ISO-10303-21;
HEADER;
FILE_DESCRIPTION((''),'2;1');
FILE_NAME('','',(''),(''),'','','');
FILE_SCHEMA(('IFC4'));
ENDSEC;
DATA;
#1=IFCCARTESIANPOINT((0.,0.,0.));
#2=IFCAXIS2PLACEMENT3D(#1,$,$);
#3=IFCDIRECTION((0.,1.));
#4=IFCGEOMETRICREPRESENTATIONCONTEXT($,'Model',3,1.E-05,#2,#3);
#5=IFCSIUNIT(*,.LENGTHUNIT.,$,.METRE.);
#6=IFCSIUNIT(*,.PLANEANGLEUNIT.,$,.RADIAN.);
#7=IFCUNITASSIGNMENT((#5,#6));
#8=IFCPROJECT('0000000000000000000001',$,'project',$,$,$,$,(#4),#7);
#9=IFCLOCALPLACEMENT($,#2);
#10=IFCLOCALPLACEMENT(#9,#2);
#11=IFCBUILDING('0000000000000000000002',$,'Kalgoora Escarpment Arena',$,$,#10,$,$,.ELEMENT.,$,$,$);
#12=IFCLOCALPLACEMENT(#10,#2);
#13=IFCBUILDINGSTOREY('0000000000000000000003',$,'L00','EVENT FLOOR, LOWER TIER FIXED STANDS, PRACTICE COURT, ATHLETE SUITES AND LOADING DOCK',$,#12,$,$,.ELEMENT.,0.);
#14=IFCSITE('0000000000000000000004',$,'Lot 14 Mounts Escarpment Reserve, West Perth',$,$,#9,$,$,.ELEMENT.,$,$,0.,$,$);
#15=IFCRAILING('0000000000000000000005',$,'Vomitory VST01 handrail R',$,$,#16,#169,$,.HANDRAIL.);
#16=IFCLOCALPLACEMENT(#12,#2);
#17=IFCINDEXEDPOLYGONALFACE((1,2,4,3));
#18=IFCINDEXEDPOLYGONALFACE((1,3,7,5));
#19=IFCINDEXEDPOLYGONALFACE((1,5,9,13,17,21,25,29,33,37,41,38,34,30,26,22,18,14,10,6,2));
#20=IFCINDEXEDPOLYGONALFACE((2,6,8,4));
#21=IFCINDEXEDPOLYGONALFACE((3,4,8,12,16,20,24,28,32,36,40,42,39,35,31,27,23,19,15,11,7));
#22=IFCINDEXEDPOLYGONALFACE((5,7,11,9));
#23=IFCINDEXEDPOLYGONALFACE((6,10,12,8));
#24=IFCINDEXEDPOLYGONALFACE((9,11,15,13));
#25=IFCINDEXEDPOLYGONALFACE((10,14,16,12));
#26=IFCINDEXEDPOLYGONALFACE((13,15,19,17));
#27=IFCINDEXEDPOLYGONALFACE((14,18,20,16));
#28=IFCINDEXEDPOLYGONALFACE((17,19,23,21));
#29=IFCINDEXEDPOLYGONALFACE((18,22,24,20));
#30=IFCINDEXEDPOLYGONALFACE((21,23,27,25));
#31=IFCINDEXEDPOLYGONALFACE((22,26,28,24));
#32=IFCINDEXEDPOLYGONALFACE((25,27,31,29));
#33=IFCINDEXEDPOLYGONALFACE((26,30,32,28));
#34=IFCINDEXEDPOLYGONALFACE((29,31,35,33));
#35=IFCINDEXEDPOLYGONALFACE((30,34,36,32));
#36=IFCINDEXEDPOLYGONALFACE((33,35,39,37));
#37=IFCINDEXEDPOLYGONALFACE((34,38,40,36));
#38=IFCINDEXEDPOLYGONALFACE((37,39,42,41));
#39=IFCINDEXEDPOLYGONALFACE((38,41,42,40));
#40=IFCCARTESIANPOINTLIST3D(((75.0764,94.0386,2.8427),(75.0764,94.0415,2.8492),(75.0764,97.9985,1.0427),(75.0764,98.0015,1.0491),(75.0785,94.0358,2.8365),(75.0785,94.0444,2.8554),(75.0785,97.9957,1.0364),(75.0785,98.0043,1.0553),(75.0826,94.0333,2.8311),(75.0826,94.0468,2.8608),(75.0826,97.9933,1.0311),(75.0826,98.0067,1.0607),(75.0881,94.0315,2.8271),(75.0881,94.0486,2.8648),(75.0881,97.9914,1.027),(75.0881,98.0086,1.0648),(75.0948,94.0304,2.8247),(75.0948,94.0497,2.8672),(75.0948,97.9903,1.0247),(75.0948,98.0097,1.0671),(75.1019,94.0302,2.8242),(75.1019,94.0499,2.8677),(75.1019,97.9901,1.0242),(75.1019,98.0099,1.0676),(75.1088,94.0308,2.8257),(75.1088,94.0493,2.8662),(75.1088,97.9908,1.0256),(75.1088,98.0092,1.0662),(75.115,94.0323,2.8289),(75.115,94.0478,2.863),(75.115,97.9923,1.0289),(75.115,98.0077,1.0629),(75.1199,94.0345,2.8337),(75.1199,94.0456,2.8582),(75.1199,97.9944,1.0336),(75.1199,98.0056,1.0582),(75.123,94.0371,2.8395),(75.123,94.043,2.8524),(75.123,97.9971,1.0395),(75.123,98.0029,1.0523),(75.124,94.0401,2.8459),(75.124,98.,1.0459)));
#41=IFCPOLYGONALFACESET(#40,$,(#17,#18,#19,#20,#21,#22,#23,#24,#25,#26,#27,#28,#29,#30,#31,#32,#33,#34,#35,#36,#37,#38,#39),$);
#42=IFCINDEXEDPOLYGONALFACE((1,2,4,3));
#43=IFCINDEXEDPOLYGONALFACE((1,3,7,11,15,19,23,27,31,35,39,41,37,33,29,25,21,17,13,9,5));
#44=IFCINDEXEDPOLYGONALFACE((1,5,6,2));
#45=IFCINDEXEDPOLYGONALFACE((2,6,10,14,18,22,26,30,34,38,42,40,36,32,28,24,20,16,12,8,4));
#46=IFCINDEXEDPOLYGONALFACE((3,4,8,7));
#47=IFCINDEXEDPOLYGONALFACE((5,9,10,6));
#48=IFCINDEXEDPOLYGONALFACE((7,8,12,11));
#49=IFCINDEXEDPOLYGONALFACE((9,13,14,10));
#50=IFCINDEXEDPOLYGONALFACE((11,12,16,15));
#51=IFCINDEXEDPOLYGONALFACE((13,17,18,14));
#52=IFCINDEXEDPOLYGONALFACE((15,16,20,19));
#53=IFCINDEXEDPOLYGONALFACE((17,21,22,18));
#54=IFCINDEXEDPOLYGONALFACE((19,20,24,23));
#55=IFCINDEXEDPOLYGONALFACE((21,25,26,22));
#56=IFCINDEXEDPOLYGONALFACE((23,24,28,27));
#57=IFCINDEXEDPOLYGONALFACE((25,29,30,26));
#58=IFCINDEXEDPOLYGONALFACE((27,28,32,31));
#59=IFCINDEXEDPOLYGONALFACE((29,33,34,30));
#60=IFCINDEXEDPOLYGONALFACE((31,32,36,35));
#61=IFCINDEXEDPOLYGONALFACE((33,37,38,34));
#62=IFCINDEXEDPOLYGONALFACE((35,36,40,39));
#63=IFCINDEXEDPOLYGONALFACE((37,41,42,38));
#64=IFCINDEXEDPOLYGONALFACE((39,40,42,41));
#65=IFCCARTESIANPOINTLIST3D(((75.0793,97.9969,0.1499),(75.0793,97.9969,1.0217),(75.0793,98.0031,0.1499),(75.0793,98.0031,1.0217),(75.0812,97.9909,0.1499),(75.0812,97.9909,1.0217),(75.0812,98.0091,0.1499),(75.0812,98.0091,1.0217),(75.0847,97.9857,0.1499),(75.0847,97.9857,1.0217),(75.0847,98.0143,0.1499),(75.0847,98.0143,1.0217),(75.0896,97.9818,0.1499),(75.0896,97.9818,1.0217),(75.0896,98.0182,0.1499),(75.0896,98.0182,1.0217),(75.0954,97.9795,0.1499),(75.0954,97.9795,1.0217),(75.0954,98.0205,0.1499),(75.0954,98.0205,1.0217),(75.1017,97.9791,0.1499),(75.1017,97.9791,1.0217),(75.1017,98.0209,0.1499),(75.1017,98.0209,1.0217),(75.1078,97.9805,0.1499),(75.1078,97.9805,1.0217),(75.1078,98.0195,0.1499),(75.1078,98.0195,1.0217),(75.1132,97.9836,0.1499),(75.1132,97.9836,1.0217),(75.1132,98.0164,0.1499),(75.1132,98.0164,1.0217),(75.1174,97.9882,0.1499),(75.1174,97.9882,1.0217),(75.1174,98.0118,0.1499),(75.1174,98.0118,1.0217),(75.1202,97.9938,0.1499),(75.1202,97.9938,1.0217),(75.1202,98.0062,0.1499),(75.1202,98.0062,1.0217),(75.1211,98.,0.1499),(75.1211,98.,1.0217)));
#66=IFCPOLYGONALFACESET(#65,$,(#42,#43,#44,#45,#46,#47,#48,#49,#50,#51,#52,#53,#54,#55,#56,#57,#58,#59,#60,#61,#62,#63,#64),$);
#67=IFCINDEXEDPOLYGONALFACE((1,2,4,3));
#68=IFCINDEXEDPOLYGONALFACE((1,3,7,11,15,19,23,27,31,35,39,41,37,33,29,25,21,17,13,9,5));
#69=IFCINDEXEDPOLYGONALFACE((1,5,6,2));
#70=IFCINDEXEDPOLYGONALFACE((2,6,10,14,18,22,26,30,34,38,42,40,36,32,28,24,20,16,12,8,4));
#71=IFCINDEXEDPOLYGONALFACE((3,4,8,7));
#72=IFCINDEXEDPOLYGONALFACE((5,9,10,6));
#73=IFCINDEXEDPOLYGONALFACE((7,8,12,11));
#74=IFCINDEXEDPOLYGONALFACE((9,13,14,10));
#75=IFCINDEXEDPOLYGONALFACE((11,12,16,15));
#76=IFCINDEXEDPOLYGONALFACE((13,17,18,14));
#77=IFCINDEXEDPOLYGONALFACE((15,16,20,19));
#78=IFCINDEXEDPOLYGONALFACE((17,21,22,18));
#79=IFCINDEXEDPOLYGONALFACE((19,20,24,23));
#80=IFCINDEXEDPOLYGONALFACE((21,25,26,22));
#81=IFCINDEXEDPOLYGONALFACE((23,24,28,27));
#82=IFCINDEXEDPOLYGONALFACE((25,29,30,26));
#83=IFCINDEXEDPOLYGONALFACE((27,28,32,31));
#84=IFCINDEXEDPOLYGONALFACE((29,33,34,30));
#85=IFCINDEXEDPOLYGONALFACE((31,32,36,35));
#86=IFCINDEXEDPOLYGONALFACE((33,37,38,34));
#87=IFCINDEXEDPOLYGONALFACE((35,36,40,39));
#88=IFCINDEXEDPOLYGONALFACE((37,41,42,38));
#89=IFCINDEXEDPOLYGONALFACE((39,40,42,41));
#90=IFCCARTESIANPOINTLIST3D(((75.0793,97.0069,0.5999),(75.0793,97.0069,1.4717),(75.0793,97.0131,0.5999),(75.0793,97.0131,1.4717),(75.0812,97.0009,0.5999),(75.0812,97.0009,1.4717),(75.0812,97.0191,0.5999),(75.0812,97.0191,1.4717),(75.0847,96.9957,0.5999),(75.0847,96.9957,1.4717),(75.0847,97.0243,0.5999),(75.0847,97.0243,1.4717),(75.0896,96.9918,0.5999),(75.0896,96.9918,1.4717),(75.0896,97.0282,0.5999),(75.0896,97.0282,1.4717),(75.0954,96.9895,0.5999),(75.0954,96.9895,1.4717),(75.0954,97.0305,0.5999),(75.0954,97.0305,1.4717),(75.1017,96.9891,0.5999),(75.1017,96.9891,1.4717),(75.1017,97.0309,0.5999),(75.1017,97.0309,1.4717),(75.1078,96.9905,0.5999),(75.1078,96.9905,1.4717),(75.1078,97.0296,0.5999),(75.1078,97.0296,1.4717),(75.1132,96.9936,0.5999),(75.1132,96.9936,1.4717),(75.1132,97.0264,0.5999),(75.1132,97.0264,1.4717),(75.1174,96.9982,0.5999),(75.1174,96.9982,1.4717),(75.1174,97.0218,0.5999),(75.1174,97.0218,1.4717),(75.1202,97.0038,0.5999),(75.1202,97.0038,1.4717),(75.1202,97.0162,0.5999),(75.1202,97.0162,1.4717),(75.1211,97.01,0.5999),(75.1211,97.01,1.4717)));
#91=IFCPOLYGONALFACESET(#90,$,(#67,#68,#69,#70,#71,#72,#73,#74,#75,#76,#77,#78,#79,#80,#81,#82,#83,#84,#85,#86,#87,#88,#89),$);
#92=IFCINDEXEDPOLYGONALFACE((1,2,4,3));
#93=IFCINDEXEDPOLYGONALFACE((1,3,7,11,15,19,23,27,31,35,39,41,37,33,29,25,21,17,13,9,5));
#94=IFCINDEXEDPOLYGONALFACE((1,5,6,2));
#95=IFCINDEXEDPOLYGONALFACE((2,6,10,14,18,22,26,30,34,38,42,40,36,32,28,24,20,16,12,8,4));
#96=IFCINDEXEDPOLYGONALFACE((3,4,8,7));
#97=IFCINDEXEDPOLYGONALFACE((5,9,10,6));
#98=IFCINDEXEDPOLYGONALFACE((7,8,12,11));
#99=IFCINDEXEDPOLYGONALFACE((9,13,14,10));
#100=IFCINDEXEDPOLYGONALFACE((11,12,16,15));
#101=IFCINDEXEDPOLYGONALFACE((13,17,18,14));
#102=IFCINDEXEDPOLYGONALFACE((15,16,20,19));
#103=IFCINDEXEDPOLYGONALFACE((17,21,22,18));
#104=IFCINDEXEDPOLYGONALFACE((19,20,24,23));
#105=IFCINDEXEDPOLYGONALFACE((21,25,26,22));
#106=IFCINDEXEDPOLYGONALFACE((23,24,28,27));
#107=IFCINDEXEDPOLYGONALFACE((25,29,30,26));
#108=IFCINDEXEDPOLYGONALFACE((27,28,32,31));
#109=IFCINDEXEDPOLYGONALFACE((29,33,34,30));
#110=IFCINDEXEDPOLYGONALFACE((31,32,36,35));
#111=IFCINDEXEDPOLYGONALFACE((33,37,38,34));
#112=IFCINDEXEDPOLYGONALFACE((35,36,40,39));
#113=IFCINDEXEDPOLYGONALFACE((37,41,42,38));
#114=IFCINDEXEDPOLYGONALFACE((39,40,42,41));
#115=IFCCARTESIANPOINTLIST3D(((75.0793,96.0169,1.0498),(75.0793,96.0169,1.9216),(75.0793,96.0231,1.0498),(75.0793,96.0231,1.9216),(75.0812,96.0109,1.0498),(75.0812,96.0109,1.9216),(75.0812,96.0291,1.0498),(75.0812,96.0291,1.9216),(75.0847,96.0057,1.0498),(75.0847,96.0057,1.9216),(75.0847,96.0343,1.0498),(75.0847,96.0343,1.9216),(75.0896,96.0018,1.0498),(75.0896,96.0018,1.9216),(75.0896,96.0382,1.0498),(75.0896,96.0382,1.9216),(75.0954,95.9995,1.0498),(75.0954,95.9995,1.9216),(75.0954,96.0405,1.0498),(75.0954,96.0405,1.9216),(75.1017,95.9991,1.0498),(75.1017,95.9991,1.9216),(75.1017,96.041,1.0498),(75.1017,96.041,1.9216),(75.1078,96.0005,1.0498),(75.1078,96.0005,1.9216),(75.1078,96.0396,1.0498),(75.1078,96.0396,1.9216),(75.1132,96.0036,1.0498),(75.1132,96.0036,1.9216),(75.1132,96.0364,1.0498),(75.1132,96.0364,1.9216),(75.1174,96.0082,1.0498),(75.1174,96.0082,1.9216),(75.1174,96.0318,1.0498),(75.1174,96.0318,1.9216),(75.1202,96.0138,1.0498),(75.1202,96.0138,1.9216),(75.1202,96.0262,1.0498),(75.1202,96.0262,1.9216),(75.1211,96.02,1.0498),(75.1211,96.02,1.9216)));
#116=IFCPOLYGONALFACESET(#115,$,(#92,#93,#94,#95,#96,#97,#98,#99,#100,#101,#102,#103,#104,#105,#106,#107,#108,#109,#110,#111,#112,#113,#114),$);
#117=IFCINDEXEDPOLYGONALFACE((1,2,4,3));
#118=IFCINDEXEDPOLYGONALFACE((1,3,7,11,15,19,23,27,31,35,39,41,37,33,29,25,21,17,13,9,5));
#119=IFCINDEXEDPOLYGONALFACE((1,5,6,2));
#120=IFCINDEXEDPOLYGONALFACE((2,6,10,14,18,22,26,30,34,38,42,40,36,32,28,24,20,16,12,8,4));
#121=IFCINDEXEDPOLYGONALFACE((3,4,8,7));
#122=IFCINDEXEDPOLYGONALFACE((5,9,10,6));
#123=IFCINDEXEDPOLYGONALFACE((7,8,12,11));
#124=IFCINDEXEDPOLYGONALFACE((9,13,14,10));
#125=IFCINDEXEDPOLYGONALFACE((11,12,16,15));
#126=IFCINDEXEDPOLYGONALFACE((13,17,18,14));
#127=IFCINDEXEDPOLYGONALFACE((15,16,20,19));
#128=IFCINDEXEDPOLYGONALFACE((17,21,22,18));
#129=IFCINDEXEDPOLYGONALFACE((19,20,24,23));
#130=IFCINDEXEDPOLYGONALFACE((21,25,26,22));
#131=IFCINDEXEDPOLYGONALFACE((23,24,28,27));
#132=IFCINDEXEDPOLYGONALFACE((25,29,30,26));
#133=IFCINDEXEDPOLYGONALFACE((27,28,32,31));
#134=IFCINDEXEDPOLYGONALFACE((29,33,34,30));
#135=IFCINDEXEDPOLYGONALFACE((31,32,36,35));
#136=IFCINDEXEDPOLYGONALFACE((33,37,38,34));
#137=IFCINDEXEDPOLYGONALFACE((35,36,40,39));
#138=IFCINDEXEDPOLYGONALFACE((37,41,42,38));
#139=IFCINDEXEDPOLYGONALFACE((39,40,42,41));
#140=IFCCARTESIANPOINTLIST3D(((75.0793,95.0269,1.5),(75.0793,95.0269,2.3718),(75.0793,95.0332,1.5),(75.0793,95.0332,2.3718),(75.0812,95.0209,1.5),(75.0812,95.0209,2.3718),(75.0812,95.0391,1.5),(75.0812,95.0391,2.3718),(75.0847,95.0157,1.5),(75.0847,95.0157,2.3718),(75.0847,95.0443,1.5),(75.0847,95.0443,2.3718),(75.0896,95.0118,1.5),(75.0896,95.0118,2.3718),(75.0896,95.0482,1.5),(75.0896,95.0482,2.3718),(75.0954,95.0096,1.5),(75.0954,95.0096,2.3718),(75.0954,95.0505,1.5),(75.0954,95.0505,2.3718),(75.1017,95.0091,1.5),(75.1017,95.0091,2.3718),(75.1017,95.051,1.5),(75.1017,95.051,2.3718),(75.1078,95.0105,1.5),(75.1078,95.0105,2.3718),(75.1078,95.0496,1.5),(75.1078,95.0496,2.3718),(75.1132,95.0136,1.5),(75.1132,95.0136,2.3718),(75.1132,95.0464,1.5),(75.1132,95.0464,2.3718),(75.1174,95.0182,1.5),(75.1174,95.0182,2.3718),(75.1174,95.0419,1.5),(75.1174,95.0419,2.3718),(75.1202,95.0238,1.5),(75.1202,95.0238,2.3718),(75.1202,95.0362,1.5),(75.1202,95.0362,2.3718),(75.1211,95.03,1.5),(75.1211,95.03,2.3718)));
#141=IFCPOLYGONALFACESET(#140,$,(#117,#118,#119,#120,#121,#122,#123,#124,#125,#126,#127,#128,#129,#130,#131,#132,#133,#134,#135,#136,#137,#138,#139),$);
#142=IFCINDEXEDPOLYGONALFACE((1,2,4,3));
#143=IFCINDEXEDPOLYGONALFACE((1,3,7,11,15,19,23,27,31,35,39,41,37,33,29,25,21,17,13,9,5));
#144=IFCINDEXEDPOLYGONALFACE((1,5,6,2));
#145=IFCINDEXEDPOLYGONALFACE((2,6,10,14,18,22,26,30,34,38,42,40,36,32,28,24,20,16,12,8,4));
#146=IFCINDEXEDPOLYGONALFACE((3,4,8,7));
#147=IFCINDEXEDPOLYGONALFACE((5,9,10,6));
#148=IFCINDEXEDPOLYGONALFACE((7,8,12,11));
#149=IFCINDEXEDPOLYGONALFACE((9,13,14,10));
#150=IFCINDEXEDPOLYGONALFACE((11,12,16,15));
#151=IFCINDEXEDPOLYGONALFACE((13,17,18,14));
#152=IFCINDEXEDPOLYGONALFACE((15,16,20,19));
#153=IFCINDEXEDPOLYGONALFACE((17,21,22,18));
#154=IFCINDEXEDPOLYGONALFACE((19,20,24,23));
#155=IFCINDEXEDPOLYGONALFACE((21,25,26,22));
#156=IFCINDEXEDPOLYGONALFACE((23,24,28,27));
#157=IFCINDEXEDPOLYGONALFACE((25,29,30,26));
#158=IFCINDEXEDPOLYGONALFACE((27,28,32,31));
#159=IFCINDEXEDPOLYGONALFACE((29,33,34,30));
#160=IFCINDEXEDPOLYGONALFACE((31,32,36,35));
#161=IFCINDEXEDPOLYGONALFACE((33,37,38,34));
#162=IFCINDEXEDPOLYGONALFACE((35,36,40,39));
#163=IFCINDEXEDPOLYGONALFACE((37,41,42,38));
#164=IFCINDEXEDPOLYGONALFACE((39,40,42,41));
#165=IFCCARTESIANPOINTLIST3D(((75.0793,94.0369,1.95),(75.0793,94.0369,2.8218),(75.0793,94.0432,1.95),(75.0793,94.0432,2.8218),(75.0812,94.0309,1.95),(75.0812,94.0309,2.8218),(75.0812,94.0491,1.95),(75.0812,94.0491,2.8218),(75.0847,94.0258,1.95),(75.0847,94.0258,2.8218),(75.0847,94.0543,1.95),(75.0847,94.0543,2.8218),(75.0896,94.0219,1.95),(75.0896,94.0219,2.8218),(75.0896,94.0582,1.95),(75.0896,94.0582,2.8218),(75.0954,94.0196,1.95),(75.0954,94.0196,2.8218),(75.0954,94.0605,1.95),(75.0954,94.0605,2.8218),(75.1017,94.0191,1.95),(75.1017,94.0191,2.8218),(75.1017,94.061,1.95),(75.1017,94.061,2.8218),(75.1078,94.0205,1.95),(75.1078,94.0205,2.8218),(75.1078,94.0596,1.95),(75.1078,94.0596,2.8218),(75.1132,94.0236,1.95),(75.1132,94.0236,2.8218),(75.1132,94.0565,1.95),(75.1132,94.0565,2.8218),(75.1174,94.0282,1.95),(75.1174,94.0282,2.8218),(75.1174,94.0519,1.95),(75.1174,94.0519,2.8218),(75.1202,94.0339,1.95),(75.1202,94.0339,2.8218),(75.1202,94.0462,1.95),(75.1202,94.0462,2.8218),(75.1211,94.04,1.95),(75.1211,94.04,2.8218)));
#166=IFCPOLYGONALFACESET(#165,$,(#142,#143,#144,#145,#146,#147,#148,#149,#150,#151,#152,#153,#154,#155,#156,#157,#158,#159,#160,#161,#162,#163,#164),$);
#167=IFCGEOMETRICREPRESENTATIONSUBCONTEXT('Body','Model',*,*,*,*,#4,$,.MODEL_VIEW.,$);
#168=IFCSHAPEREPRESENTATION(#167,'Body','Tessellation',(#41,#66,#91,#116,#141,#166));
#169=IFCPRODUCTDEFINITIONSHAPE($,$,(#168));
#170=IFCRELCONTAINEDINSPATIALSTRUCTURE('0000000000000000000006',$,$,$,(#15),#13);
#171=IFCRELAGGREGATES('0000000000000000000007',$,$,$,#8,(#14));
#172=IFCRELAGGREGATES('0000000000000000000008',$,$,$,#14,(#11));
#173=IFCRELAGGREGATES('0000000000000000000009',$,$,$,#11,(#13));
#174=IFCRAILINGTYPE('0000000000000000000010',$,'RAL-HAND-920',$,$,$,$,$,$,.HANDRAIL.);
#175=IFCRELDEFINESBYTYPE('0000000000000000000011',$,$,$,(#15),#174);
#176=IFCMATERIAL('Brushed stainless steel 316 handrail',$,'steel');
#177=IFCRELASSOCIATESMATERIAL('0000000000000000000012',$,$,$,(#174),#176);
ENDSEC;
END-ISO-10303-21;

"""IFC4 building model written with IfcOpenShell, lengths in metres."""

from ifc_helpers import new_model, si_unit, direction, frame, origin, origin_2d, place, context, subcontext, project, spatial, circle, extrude, material, type_object, element, save


model = new_model("IFC4")

# Units and contexts
model_context = context("Model", 3, precision=1e-05, world=origin(), true_north=direction((0.0, 1.0)))
body_context = subcontext(model_context, "Body", "Model", "MODEL_VIEW")
ifc_project = project(units=[si_unit("LENGTHUNIT", "METRE"), si_unit("PLANEANGLEUNIT", "RADIAN")], contexts=[model_context])

# Site, building, storey
site_placement = place(None, origin())
site = spatial("IfcSite", under=ifc_project, at=site_placement, Name="Lot 14 Mounts Escarpment Reserve, West Perth", CompositionType="ELEMENT", RefElevation=0.0)
building_placement = place(site_placement, origin())
building = spatial("IfcBuilding", under=site, at=building_placement, Name="Kalgoora Escarpment Arena", CompositionType="ELEMENT")
storey_placement = place(building_placement, origin())
storey = spatial("IfcBuildingStorey", under=building, at=storey_placement, Name="L00", Description="EVENT FLOOR, LOWER TIER FIXED STANDS, PRACTICE COURT, ATHLETE SUITES AND LOADING DOCK", CompositionType="ELEMENT", Elevation=0.0)

# Railing
ifc_material_1 = material(Name="Brushed stainless steel 316 handrail", Category="steel")
railing_type_1 = type_object("IfcRailingType", Name="RAL-HAND-920", PredefinedType="HANDRAIL", material=ifc_material_1)
for number, where, name in (
    (1, (75.1001, 98.0, 0.1499), "Vomitory VST01 handrail R"),
):
    element("IfcRailing", number, at=place(storey_placement, frame(where)), inside=storey, type_object=railing_type_1, Name=name, PredefinedType="HANDRAIL", context=body_context, shape_type="SweptSolid", body=[
        extrude(circle(Radius=0.0239, at=origin_2d()), frame((0.0, 0.0, 0.896), z_axis=(0.0, -0.910361, 0.413816), x_axis=(1.0, 0.0, 0.0)), (0.0, 0.0, 1.0), 4.3499),
        extrude(circle(Radius=0.021, at=origin_2d()), origin(), (0.0, 0.0, 1.0), 0.8718),
        extrude(circle(Radius=0.021, at=origin_2d()), frame((0.0, -0.99, 0.45)), (0.0, 0.0, 1.0), 0.8718),
        extrude(circle(Radius=0.021, at=origin_2d()), frame((0.0, -1.98, 0.8999)), (0.0, 0.0, 1.0), 0.8718),
        extrude(circle(Radius=0.021, at=origin_2d()), frame((0.0, -2.97, 1.3501)), (0.0, 0.0, 1.0), 0.8718),
        extrude(circle(Radius=0.021, at=origin_2d()), frame((0.0, -3.96, 1.8)), (0.0, 0.0, 1.0), 0.8718),
    ])

save(model, "model.ifc")
